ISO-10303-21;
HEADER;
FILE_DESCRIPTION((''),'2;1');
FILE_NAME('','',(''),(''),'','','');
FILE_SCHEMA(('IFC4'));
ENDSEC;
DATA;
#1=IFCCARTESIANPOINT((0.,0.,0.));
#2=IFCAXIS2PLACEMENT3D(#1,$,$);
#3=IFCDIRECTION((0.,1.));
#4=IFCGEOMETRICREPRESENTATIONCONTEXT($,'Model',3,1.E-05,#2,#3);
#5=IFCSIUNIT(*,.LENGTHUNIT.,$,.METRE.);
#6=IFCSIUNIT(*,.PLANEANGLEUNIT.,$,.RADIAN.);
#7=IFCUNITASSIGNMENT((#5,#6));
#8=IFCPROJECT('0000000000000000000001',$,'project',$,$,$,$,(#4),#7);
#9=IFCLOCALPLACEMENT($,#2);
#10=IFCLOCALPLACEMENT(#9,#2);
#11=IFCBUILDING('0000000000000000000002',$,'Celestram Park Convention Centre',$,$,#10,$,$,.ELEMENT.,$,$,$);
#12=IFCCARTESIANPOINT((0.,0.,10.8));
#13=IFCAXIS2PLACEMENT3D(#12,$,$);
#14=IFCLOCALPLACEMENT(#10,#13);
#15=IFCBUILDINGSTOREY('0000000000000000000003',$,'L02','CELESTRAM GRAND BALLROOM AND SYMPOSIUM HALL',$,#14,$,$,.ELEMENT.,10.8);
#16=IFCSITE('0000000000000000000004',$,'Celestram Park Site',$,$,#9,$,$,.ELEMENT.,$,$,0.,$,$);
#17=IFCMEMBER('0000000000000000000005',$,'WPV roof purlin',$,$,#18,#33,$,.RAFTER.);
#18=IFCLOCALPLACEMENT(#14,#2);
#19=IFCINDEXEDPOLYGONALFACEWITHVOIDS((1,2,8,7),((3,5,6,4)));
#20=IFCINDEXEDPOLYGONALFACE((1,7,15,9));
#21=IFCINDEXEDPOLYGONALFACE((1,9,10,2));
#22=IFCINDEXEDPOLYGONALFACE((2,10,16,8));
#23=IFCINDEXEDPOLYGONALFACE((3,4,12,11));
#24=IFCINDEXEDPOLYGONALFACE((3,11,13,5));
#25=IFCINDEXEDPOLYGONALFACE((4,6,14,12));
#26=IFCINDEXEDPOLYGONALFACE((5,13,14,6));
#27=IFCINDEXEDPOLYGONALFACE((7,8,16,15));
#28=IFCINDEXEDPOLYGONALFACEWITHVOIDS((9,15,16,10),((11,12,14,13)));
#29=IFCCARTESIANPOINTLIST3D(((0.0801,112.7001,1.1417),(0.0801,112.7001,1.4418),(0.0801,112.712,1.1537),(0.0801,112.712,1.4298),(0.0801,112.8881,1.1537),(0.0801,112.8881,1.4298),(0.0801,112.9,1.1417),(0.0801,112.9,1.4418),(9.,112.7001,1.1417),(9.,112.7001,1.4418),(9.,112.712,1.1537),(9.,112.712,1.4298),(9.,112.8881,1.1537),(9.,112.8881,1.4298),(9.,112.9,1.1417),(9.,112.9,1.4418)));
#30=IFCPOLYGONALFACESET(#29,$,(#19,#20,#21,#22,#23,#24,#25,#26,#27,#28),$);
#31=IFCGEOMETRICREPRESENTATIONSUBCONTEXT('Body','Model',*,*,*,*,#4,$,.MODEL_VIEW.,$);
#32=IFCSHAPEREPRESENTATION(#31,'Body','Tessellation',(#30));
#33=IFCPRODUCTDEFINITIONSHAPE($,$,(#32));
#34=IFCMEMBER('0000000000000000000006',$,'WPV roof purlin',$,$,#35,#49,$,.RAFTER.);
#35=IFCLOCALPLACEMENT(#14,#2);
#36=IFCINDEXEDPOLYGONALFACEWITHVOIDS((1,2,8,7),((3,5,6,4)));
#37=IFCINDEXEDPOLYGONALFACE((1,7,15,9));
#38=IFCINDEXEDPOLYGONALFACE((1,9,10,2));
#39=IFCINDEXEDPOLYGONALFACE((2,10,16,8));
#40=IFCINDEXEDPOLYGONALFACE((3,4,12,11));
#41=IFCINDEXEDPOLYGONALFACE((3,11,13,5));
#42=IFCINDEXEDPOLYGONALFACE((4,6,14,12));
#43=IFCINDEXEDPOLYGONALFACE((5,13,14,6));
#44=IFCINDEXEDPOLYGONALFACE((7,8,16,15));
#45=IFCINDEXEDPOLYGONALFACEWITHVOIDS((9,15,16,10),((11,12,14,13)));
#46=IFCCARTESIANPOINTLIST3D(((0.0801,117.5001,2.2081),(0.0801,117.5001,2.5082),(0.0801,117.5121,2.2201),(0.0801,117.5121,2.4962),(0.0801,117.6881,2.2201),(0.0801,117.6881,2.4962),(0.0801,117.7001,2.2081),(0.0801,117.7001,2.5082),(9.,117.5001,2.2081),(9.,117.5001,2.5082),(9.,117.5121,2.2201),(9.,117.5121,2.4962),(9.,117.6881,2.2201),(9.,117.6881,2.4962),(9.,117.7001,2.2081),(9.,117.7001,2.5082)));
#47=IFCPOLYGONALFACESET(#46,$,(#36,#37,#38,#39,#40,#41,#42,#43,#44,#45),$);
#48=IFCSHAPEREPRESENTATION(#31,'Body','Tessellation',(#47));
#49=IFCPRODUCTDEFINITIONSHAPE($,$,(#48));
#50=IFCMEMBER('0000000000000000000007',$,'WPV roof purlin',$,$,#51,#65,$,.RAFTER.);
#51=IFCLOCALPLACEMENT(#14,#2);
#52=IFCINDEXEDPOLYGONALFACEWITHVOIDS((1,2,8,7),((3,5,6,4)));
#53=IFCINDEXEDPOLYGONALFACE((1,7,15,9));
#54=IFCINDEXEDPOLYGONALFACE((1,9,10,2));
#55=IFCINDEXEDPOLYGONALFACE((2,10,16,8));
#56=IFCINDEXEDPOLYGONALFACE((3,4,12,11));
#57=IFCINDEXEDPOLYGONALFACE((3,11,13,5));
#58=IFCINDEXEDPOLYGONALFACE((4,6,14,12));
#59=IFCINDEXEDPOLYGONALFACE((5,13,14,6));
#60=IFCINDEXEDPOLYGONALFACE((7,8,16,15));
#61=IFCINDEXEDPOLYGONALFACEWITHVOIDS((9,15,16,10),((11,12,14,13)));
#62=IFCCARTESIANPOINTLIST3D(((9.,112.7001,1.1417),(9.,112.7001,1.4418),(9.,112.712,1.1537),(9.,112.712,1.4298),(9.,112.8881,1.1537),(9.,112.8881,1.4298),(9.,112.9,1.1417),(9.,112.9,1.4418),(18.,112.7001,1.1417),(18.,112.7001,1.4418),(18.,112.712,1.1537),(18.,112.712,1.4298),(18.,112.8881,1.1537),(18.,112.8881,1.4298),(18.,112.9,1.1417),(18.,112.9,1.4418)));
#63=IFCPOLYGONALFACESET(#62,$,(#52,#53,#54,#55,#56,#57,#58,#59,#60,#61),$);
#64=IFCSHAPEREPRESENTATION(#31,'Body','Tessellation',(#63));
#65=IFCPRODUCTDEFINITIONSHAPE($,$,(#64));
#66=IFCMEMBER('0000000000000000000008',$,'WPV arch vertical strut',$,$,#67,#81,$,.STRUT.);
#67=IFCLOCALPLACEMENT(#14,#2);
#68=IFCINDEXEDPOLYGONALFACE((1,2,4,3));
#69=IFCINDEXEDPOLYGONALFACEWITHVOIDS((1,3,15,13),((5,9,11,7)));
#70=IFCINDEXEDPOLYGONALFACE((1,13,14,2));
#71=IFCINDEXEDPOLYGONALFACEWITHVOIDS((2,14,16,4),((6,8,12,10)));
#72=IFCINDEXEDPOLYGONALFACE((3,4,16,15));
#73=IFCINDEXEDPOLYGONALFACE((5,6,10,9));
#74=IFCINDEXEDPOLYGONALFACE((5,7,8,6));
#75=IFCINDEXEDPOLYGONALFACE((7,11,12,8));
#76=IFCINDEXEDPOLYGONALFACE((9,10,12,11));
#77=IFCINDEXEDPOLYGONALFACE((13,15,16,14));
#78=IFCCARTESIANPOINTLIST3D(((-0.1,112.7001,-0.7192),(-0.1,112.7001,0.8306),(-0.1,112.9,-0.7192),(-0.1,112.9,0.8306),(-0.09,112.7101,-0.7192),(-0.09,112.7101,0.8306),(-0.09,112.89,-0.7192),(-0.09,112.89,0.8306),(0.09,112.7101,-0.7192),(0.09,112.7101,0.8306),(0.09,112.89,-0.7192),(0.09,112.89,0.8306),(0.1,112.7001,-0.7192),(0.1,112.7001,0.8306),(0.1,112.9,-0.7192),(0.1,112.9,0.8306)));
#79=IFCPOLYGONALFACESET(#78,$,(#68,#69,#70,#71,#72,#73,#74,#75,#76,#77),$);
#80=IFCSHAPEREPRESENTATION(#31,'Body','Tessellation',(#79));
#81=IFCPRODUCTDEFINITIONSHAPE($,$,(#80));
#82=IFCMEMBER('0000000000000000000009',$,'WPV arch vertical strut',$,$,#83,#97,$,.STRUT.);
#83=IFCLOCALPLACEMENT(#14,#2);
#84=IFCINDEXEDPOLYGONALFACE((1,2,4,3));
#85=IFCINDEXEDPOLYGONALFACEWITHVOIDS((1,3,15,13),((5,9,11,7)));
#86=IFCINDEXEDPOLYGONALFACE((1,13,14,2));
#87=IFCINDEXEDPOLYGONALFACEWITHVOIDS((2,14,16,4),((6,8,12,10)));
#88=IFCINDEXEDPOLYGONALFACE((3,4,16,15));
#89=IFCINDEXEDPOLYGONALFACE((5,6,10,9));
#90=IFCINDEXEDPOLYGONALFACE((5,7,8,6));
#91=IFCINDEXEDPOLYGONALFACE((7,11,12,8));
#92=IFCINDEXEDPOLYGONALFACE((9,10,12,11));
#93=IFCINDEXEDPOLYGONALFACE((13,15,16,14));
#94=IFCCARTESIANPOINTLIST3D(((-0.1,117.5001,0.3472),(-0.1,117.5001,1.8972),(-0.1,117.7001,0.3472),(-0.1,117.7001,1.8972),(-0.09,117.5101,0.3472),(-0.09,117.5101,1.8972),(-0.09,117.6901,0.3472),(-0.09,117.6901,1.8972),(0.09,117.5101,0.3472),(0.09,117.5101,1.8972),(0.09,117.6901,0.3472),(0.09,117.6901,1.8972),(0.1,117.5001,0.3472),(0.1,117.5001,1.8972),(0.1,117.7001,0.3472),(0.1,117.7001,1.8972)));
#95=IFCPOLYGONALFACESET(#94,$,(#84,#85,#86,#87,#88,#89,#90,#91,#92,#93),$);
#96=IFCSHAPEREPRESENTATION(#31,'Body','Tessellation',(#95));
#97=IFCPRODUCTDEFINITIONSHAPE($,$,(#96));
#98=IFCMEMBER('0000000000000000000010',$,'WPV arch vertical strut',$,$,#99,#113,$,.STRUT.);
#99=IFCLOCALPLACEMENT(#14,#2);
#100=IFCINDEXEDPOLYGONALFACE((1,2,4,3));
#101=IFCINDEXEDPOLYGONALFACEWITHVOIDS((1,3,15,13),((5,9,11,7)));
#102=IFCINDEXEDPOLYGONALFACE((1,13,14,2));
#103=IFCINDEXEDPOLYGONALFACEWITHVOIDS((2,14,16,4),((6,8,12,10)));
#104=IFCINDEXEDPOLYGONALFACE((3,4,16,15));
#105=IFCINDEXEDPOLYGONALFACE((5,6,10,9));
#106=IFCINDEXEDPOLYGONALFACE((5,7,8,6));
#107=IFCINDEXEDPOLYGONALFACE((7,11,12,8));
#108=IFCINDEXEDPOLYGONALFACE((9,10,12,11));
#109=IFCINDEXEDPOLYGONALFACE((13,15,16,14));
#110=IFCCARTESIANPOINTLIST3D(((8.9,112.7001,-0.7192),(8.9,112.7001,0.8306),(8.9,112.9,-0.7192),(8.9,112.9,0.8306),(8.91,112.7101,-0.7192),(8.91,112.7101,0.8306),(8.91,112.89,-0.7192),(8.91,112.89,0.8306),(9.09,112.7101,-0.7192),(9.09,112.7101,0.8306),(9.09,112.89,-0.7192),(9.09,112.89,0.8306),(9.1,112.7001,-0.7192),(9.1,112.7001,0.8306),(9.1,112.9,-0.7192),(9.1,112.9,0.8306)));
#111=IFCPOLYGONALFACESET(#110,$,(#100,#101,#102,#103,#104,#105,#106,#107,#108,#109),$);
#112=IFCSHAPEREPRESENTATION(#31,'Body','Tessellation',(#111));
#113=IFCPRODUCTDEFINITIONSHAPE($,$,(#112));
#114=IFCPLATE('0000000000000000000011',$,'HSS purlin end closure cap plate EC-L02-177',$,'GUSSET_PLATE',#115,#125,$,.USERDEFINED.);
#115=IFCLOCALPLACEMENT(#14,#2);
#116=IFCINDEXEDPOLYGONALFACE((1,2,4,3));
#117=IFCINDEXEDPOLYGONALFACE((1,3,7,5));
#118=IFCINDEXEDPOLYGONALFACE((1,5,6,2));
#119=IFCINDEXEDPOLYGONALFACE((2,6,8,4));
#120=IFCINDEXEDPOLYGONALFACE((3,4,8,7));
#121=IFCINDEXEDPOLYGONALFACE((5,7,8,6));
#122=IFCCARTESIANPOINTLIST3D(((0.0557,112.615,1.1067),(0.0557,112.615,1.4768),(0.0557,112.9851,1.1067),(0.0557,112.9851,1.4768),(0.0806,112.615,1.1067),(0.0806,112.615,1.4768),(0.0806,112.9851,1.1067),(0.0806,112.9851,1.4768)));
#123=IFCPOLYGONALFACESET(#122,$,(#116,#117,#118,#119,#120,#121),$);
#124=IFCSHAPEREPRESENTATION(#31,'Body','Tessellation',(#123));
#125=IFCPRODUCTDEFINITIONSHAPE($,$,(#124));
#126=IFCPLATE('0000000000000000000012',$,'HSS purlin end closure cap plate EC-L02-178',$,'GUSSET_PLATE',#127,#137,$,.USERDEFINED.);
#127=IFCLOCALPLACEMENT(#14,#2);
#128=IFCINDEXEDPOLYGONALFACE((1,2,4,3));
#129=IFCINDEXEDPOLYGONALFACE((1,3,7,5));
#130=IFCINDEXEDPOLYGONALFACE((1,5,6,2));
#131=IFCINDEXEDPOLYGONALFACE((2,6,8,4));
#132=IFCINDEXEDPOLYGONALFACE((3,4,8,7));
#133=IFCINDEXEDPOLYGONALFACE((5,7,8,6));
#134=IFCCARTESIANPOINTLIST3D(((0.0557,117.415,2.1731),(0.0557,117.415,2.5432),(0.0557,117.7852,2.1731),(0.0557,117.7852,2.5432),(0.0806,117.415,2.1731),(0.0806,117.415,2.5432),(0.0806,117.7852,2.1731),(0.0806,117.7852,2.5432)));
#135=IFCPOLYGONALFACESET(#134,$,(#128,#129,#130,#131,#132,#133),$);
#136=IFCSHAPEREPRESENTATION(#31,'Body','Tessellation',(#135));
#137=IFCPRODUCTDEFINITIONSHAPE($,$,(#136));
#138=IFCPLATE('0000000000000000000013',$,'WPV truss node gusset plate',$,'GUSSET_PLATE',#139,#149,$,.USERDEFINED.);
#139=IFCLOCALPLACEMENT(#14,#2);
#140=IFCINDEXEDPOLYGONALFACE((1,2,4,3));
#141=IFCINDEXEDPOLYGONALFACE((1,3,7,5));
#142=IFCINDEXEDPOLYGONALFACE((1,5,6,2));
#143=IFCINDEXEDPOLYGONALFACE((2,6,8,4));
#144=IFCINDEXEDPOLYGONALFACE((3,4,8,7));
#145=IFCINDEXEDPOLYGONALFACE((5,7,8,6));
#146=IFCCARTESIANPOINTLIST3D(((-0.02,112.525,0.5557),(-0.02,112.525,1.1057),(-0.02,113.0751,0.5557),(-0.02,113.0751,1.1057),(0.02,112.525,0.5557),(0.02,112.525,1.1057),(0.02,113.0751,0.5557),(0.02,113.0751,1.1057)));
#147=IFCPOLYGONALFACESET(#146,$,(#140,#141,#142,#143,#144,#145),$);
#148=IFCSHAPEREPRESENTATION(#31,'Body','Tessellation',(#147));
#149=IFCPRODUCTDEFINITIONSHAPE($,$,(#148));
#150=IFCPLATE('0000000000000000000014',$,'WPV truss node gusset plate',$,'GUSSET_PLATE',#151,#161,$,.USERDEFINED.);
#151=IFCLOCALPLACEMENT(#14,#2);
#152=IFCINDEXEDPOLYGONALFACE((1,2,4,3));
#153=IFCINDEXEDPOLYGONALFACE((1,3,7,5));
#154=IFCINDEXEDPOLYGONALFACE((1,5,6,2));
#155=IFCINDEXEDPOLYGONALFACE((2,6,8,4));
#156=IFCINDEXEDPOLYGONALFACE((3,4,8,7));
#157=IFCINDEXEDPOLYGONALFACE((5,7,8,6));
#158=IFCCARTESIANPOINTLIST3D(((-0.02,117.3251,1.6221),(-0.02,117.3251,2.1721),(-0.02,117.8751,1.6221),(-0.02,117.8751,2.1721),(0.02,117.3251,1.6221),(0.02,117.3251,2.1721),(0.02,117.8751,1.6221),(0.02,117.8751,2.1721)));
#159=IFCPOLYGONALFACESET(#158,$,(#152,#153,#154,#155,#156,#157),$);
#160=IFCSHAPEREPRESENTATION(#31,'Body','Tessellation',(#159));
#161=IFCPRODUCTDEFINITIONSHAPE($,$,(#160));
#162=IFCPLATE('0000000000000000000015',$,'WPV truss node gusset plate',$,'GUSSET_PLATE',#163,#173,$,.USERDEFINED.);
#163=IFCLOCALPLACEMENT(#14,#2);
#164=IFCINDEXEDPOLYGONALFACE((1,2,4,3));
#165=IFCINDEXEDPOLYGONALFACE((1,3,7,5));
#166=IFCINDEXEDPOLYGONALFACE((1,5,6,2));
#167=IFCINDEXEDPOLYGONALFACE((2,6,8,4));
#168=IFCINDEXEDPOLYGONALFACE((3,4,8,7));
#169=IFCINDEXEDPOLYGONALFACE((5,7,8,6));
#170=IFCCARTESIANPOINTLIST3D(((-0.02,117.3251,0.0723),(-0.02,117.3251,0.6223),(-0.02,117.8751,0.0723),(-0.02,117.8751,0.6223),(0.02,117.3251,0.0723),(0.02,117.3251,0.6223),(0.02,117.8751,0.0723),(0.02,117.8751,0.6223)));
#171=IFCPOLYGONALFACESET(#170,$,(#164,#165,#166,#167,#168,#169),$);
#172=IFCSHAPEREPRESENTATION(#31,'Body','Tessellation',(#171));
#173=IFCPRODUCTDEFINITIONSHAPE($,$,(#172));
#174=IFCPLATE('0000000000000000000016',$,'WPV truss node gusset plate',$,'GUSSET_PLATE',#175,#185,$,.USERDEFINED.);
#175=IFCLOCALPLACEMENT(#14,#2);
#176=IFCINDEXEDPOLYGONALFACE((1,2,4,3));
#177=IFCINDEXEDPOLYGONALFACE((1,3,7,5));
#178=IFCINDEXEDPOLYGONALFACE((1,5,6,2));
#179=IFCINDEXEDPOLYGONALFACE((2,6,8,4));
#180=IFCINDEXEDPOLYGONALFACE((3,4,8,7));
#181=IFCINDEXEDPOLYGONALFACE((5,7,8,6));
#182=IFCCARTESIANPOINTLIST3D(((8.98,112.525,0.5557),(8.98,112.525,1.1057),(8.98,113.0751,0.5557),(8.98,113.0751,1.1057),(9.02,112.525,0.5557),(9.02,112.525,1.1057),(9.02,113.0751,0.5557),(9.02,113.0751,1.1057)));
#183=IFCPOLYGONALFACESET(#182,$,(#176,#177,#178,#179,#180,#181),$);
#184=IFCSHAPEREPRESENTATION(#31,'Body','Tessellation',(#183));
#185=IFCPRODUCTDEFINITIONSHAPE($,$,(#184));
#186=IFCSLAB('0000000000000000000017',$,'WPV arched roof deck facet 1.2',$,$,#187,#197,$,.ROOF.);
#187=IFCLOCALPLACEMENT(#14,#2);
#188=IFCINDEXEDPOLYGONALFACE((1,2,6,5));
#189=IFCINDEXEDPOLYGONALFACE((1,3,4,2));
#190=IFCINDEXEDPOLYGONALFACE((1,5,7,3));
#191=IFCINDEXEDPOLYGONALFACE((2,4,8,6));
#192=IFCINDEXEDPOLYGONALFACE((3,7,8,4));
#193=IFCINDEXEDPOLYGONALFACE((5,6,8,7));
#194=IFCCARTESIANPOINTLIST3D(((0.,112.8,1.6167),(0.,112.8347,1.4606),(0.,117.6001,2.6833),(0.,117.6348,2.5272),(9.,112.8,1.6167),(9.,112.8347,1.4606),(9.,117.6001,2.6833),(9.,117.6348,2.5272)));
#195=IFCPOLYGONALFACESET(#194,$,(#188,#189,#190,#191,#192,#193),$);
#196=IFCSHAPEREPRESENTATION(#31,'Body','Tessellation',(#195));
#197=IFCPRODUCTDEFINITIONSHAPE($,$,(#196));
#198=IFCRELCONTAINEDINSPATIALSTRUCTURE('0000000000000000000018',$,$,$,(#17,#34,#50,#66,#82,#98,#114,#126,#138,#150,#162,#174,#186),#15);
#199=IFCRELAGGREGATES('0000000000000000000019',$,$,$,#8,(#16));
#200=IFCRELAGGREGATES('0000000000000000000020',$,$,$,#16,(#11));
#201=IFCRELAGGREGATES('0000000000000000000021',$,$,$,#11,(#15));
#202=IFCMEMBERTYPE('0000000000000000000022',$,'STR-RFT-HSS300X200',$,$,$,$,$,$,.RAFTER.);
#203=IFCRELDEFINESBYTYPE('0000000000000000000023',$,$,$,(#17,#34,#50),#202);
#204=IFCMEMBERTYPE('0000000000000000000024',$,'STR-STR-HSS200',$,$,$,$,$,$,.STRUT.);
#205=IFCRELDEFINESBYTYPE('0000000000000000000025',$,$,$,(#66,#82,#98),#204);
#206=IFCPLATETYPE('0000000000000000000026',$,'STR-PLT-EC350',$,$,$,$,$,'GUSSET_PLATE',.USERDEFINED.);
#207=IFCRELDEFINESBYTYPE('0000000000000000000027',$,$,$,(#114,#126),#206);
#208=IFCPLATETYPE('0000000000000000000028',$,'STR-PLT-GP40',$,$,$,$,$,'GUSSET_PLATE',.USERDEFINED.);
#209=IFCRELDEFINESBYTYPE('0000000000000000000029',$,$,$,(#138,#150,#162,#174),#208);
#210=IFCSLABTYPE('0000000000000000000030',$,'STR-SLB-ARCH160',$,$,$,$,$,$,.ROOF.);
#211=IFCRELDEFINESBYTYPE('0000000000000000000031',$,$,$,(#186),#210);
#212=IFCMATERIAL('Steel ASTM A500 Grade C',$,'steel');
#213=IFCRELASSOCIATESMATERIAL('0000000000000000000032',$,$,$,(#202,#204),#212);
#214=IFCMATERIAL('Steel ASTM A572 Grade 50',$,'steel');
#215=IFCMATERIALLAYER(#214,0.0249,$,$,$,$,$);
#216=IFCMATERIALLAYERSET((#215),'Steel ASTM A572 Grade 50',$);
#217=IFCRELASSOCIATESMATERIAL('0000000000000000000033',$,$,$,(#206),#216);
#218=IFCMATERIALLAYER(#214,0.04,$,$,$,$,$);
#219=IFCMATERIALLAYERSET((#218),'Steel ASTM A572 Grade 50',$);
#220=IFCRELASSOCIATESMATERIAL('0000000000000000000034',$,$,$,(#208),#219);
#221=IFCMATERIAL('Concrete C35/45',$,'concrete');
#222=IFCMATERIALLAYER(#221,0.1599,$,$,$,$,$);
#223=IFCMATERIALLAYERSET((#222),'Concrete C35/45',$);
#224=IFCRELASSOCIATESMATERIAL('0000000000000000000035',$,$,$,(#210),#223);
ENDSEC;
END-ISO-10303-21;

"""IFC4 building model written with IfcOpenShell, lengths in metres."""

from ifc_helpers import new_model, si_unit, direction, frame, origin, origin_2d, place, context, subcontext, project, spatial, polyline, rectangle, hollow_rectangle, outline, extrude, material, layer, layer_set, material_profile, profile_set, type_object, element, save


model = new_model("IFC4")

# Units and contexts
model_context = context("Model", 3, precision=1e-05, world=origin(), true_north=direction((0.0, 1.0)))
body_context = subcontext(model_context, "Body", "Model", "MODEL_VIEW")
ifc_project = project(units=[si_unit("LENGTHUNIT", "METRE"), si_unit("PLANEANGLEUNIT", "RADIAN")], contexts=[model_context])

# Site, building, storey
site_placement = place(None, origin())
site = spatial("IfcSite", under=ifc_project, at=site_placement, Name="Celestram Park Site", CompositionType="ELEMENT", RefElevation=0.0)
building_placement = place(site_placement, origin())
building = spatial("IfcBuilding", under=site, at=building_placement, Name="Celestram Park Convention Centre", CompositionType="ELEMENT")
storey_placement = place(building_placement, frame((0.0, 0.0, 10.8)))
storey = spatial("IfcBuildingStorey", under=building, at=storey_placement, Name="L02", Description="CELESTRAM GRAND BALLROOM AND SYMPOSIUM HALL", CompositionType="ELEMENT", Elevation=10.8)

# Members
ifc_material_1 = material(Name="Steel ASTM A500 Grade C", Category="steel")
ifc_material_profile_1 = material_profile(ifc_material_1, hollow_rectangle(XDim=0.2, YDim=0.3, WallThickness=0.012, at=origin_2d()), Name="HSS300X200X12")
ifc_profile_set_1 = profile_set([ifc_material_profile_1], Name="Steel ASTM A500 Grade C")
member_type_1 = type_object("IfcMemberType", Name="STR-RFT-HSS300X200", PredefinedType="RAFTER", material=ifc_profile_set_1)
for number, where, z_axis, x_axis, name in (
    (1, (0.0801, 112.8, 1.2917), (1.0, 0.0, 0.0), (0.0, 1.0, 0.0), "WPV roof purlin"),
    (2, (0.0801, 117.6001, 2.3582), (1.0, 0.0, 0.0), (0.0, 1.0, 0.0), "WPV roof purlin"),
):
    element("IfcMember", number, at=place(storey_placement, frame(where, z_axis=z_axis, x_axis=x_axis)), inside=storey, type_object=member_type_1, Name=name, PredefinedType="RAFTER", context=body_context, shape_type="SweptSolid", body=[
        extrude(hollow_rectangle(XDim=0.2, YDim=0.3, WallThickness=0.012, at=origin_2d()), origin(), (0.0, 0.0, 1.0), 8.9199),
    ])
member_1_placement = place(storey_placement, frame((9.0, 112.8, 1.2917), z_axis=(1.0, 0.0, 0.0), x_axis=(0.0, 1.0, 0.0)))
element("IfcMember", 3, at=member_1_placement, inside=storey, type_object=member_type_1, Name="WPV roof purlin", PredefinedType="RAFTER", context=body_context, shape_type="SweptSolid", body=[
    extrude(hollow_rectangle(XDim=0.2, YDim=0.3, WallThickness=0.012, at=origin_2d()), origin(), (0.0, 0.0, 1.0), 9.0),
])
ifc_material_profile_2 = material_profile(ifc_material_1, hollow_rectangle(XDim=0.2, YDim=0.2, WallThickness=0.01, at=origin_2d()), Name="HSS200X200X10")
ifc_profile_set_2 = profile_set([ifc_material_profile_2], Name="Steel ASTM A500 Grade C")
member_type_2 = type_object("IfcMemberType", Name="STR-STR-HSS200", PredefinedType="STRUT", material=ifc_profile_set_2)
member_2_placement = place(storey_placement, frame((0.0, 112.8, -0.7192), z_axis=(0.0, 0.0, 1.0), x_axis=(1.0, 0.0, 0.0)))
element("IfcMember", 4, at=member_2_placement, inside=storey, type_object=member_type_2, Name="WPV arch vertical strut", PredefinedType="STRUT", context=body_context, shape_type="SweptSolid", body=[
    extrude(hollow_rectangle(XDim=0.2, YDim=0.2, WallThickness=0.01, at=origin_2d()), origin(), (0.0, 0.0, 1.0), 1.5498),
])
member_3_placement = place(storey_placement, frame((0.0, 117.6001, 0.3472), z_axis=(0.0, 0.0, 1.0), x_axis=(1.0, 0.0, 0.0)))
element("IfcMember", 5, at=member_3_placement, inside=storey, type_object=member_type_2, Name="WPV arch vertical strut", PredefinedType="STRUT", context=body_context, shape_type="SweptSolid", body=[
    extrude(hollow_rectangle(XDim=0.2, YDim=0.2, WallThickness=0.01, at=origin_2d()), origin(), (0.0, 0.0, 1.0), 1.55),
])
member_4_placement = place(storey_placement, frame((9.0, 112.8, -0.7192), z_axis=(0.0, 0.0, 1.0), x_axis=(1.0, 0.0, 0.0)))
element("IfcMember", 6, at=member_4_placement, inside=storey, type_object=member_type_2, Name="WPV arch vertical strut", PredefinedType="STRUT", context=body_context, shape_type="SweptSolid", body=[
    extrude(hollow_rectangle(XDim=0.2, YDim=0.2, WallThickness=0.01, at=origin_2d()), origin(), (0.0, 0.0, 1.0), 1.5498),
])

# Plates
ifc_material_2 = material(Name="Steel ASTM A572 Grade 50", Category="steel")
ifc_layer_1 = layer(ifc_material_2, 0.0249)
ifc_layer_set_1 = layer_set([ifc_layer_1], Name="Steel ASTM A572 Grade 50")
plate_type_1 = type_object("IfcPlateType", Name="STR-PLT-EC350", ElementType="GUSSET_PLATE", PredefinedType="USERDEFINED", material=ifc_layer_set_1)
for number, where, z_axis, x_axis, name in (
    (7, (0.0681, 112.8, 1.1067), (0.0, 0.0, 1.0), (0.0, 1.0, 0.0), "HSS purlin end closure cap plate EC-L02-177"),
    (8, (0.0681, 117.6001, 2.1731), (0.0, 0.0, 1.0), (0.0, 1.0, 0.0), "HSS purlin end closure cap plate EC-L02-178"),
):
    element("IfcPlate", number, at=place(storey_placement, frame(where, z_axis=z_axis, x_axis=x_axis)), inside=storey, type_object=plate_type_1, Name=name, ObjectType="GUSSET_PLATE", PredefinedType="USERDEFINED", context=body_context, shape_type="SweptSolid", body=[
        extrude(rectangle(XDim=0.3701, YDim=0.0249, at=origin_2d()), origin(), (0.0, 0.0, 1.0), 0.3701),
    ])
ifc_layer_2 = layer(ifc_material_2, 0.04)
ifc_layer_set_2 = layer_set([ifc_layer_2], Name="Steel ASTM A572 Grade 50")
plate_type_2 = type_object("IfcPlateType", Name="STR-PLT-GP40", ElementType="GUSSET_PLATE", PredefinedType="USERDEFINED", material=ifc_layer_set_2)
for number, where, z_axis, x_axis, name in (
    (9, (0.0, 112.8, 0.5557), (0.0, 0.0, 1.0), (0.0, 1.0, 0.0), "WPV truss node gusset plate"),
    (10, (0.0, 117.6001, 1.6221), (0.0, 0.0, 1.0), (0.0, 1.0, 0.0), "WPV truss node gusset plate"),
    (11, (0.0, 117.6001, 0.0723), (0.0, 0.0, 1.0), (0.0, 1.0, 0.0), "WPV truss node gusset plate"),
    (12, (9.0, 112.8, 0.5557), (0.0, 0.0, 1.0), (0.0, 1.0, 0.0), "WPV truss node gusset plate"),
):
    element("IfcPlate", number, at=place(storey_placement, frame(where, z_axis=z_axis, x_axis=x_axis)), inside=storey, type_object=plate_type_2, Name=name, ObjectType="GUSSET_PLATE", PredefinedType="USERDEFINED", context=body_context, shape_type="SweptSolid", body=[
        extrude(rectangle(XDim=0.55, YDim=0.04, at=origin_2d()), origin(), (0.0, 0.0, 1.0), 0.55),
    ])

# Slab
ifc_material_3 = material(Name="Concrete C35/45", Category="concrete")
ifc_layer_3 = layer(ifc_material_3, 0.1599)
ifc_layer_set_3 = layer_set([ifc_layer_3], Name="Concrete C35/45")
slab_type = type_object("IfcSlabType", Name="STR-SLB-ARCH160", PredefinedType="ROOF", material=ifc_layer_set_3)
slab_1_placement = place(storey_placement, frame((0.0, 112.8, 1.6167), z_axis=(0.0, -0.216925, 0.976188), x_axis=(1.0, 0.0, 0.0)))
element("IfcSlab", 13, at=slab_1_placement, inside=storey, type_object=slab_type, Name="WPV arched roof deck facet 1.2", PredefinedType="ROOF", context=body_context, shape_type="SweptSolid", body=[
    extrude(outline(polyline([(0.0, 0.0), (9.0, 0.0), (9.0, 4.9171), (0.0, 4.9171), (0.0, 0.0)])), origin(), (0.0, 0.0, -1.0), 0.1599),
])

save(model, "model.ifc")
